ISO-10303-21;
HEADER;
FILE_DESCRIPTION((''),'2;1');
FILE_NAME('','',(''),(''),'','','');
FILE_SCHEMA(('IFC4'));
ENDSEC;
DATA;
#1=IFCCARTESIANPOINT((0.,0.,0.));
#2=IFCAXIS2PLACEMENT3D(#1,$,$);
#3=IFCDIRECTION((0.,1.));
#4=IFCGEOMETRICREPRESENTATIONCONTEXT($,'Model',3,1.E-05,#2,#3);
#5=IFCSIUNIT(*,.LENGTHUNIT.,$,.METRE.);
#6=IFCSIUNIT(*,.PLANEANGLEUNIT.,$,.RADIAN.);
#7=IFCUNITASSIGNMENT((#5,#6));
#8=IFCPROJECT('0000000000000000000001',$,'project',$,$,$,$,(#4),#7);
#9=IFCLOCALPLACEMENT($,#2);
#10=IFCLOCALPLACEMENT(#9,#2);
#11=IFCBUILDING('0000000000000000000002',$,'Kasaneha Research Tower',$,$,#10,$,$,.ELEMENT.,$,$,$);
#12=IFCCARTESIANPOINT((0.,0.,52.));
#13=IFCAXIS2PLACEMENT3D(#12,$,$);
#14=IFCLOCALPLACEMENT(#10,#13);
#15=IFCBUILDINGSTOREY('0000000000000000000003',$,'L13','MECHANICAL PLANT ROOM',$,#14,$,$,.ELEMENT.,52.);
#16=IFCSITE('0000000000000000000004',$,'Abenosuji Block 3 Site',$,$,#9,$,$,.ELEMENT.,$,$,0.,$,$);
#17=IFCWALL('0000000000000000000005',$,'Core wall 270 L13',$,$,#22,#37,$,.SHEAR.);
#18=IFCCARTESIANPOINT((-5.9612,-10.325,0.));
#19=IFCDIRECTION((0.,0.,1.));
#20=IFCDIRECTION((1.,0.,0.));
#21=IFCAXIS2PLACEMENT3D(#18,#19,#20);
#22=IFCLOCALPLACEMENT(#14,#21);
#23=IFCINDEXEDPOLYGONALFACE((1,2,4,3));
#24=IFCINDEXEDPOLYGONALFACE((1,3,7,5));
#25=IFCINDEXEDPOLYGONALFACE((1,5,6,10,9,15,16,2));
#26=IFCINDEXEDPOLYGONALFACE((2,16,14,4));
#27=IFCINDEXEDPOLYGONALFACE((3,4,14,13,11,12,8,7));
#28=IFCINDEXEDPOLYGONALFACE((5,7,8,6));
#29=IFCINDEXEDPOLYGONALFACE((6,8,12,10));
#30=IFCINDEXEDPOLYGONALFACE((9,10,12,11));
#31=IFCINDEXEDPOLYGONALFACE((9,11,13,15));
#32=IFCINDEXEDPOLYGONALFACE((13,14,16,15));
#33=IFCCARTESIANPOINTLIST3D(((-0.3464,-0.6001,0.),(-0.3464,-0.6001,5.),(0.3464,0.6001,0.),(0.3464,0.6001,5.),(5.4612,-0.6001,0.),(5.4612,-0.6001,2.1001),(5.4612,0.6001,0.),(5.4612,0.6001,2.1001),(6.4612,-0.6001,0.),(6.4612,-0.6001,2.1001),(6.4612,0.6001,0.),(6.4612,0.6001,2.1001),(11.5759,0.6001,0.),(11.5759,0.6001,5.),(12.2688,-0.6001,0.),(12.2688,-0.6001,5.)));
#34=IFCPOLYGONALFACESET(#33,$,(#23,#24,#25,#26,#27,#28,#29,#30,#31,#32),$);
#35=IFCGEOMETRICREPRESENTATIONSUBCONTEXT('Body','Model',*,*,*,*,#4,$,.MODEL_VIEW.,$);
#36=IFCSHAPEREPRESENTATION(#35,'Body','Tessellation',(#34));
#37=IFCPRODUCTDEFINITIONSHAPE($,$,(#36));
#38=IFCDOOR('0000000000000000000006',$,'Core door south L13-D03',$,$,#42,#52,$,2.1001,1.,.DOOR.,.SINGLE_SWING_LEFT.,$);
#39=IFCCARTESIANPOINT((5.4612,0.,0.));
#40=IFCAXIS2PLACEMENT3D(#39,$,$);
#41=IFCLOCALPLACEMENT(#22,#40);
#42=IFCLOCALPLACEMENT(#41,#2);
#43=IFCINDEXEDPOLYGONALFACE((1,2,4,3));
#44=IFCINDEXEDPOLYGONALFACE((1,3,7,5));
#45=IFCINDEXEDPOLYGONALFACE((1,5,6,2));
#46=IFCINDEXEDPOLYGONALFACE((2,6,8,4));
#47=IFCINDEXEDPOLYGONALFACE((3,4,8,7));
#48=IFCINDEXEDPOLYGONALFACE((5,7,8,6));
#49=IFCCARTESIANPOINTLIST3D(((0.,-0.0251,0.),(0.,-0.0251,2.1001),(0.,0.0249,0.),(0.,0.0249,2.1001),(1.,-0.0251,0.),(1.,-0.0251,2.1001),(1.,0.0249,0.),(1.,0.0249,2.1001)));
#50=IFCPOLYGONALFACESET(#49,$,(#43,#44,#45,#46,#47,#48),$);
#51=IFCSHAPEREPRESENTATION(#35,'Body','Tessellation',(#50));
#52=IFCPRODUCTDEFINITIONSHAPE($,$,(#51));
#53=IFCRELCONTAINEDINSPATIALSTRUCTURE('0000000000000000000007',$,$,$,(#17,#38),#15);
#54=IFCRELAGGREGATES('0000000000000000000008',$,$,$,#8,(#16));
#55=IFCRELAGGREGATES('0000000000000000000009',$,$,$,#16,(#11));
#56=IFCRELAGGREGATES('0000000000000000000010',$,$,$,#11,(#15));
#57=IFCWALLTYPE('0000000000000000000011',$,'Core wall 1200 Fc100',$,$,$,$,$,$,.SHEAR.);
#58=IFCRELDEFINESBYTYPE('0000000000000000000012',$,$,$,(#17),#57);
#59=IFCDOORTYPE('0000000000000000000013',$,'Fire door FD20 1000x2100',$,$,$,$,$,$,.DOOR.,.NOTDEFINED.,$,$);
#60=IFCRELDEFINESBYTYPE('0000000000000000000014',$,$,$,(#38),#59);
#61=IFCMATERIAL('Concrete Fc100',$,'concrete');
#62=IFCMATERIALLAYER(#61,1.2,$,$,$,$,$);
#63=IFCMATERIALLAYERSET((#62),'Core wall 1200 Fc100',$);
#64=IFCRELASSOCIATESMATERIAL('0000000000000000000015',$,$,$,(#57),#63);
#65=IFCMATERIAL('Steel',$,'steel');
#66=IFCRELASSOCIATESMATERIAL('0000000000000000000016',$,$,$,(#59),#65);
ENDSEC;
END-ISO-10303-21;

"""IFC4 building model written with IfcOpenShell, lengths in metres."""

from ifc_helpers import new_model, si_unit, direction, frame, frame_2d, origin, place, context, subcontext, project, spatial, polyline, rectangle, outline, extrude, material, layer, layer_set, type_object, element, fill, save


model = new_model("IFC4")

# Units and contexts
model_context = context("Model", 3, precision=1e-05, world=origin(), true_north=direction((0.0, 1.0)))
body_context = subcontext(model_context, "Body", "Model", "MODEL_VIEW")
ifc_project = project(units=[si_unit("LENGTHUNIT", "METRE"), si_unit("PLANEANGLEUNIT", "RADIAN")], contexts=[model_context])

# Site, building, storey
site_placement = place(None, origin())
site = spatial("IfcSite", under=ifc_project, at=site_placement, Name="Abenosuji Block 3 Site", CompositionType="ELEMENT", RefElevation=0.0)
building_placement = place(site_placement, origin())
building = spatial("IfcBuilding", under=site, at=building_placement, Name="Kasaneha Research Tower", CompositionType="ELEMENT")
storey_placement = place(building_placement, frame((0.0, 0.0, 52.0)))
storey = spatial("IfcBuildingStorey", under=building, at=storey_placement, Name="L13", Description="MECHANICAL PLANT ROOM", CompositionType="ELEMENT", Elevation=52.0)

# Wall, opening, door
ifc_material_1 = material(Name="Concrete Fc100", Category="concrete")
ifc_layer_1 = layer(ifc_material_1, 1.2)
ifc_layer_set_1 = layer_set([ifc_layer_1], Name="Core wall 1200 Fc100")
wall_type_1 = type_object("IfcWallType", Name="Core wall 1200 Fc100", PredefinedType="SHEAR", material=ifc_layer_set_1)
wall_1_placement = place(storey_placement, frame((-5.9612, -10.325, 0.0), z_axis=(0.0, 0.0, 1.0), x_axis=(1.0, 0.0, 0.0)))
wall_1 = element("IfcWall", 1, at=wall_1_placement, inside=storey, type_object=wall_type_1, Name="Core wall 270 L13", PredefinedType="SHEAR", context=body_context, shape_type="SweptSolid", body=[
    extrude(outline(polyline([(-0.3464, -0.6001), (5.4612, -0.6001), (6.4612, -0.6001), (12.2688, -0.6001), (11.5759, 0.6001), (6.4612, 0.6001), (5.4612, 0.6001), (0.3464, 0.6001), (-0.3464, -0.6001)])), origin(), (0.0, 0.0, 1.0), 5.0),
])
opening_1_placement = place(wall_1_placement, frame((5.4612, 0.0, 0.0)))
opening_1 = element("IfcOpeningElement", 2, at=opening_1_placement, cuts=wall_1, PredefinedType="OPENING", context=body_context, shape_type="SweptSolid", body=[
    extrude(rectangle(XDim=1.0, YDim=2.1001, at=frame_2d((0.5, 1.05))), frame((0.0, 0.6099, 0.0), z_axis=(0.0, -1.0, 0.0), x_axis=(1.0, 0.0, 0.0)), (0.0, 0.0, 1.0), 1.22),
])
ifc_material_2 = material(Name="Steel", Category="steel")
door_type_1 = type_object("IfcDoorType", Name="Fire door FD20 1000x2100", OperationType="NOTDEFINED", PredefinedType="DOOR", material=ifc_material_2)
door_1_placement = place(opening_1_placement, origin())
door_1 = element("IfcDoor", 3, at=door_1_placement, inside=storey, type_object=door_type_1, Name="Core door south L13-D03", OperationType="SINGLE_SWING_LEFT", OverallHeight=2.1001, OverallWidth=1.0, PredefinedType="DOOR", context=body_context, shape_type="SweptSolid", body=[
    extrude(rectangle(XDim=1.0, YDim=2.1001, at=frame_2d((0.5, 1.05))), frame((0.0, 0.0249, 0.0), z_axis=(0.0, -1.0, 0.0), x_axis=(1.0, 0.0, 0.0)), (0.0, 0.0, 1.0), 0.05),
])
fill(opening_1, door_1)

save(model, "model.ifc")
